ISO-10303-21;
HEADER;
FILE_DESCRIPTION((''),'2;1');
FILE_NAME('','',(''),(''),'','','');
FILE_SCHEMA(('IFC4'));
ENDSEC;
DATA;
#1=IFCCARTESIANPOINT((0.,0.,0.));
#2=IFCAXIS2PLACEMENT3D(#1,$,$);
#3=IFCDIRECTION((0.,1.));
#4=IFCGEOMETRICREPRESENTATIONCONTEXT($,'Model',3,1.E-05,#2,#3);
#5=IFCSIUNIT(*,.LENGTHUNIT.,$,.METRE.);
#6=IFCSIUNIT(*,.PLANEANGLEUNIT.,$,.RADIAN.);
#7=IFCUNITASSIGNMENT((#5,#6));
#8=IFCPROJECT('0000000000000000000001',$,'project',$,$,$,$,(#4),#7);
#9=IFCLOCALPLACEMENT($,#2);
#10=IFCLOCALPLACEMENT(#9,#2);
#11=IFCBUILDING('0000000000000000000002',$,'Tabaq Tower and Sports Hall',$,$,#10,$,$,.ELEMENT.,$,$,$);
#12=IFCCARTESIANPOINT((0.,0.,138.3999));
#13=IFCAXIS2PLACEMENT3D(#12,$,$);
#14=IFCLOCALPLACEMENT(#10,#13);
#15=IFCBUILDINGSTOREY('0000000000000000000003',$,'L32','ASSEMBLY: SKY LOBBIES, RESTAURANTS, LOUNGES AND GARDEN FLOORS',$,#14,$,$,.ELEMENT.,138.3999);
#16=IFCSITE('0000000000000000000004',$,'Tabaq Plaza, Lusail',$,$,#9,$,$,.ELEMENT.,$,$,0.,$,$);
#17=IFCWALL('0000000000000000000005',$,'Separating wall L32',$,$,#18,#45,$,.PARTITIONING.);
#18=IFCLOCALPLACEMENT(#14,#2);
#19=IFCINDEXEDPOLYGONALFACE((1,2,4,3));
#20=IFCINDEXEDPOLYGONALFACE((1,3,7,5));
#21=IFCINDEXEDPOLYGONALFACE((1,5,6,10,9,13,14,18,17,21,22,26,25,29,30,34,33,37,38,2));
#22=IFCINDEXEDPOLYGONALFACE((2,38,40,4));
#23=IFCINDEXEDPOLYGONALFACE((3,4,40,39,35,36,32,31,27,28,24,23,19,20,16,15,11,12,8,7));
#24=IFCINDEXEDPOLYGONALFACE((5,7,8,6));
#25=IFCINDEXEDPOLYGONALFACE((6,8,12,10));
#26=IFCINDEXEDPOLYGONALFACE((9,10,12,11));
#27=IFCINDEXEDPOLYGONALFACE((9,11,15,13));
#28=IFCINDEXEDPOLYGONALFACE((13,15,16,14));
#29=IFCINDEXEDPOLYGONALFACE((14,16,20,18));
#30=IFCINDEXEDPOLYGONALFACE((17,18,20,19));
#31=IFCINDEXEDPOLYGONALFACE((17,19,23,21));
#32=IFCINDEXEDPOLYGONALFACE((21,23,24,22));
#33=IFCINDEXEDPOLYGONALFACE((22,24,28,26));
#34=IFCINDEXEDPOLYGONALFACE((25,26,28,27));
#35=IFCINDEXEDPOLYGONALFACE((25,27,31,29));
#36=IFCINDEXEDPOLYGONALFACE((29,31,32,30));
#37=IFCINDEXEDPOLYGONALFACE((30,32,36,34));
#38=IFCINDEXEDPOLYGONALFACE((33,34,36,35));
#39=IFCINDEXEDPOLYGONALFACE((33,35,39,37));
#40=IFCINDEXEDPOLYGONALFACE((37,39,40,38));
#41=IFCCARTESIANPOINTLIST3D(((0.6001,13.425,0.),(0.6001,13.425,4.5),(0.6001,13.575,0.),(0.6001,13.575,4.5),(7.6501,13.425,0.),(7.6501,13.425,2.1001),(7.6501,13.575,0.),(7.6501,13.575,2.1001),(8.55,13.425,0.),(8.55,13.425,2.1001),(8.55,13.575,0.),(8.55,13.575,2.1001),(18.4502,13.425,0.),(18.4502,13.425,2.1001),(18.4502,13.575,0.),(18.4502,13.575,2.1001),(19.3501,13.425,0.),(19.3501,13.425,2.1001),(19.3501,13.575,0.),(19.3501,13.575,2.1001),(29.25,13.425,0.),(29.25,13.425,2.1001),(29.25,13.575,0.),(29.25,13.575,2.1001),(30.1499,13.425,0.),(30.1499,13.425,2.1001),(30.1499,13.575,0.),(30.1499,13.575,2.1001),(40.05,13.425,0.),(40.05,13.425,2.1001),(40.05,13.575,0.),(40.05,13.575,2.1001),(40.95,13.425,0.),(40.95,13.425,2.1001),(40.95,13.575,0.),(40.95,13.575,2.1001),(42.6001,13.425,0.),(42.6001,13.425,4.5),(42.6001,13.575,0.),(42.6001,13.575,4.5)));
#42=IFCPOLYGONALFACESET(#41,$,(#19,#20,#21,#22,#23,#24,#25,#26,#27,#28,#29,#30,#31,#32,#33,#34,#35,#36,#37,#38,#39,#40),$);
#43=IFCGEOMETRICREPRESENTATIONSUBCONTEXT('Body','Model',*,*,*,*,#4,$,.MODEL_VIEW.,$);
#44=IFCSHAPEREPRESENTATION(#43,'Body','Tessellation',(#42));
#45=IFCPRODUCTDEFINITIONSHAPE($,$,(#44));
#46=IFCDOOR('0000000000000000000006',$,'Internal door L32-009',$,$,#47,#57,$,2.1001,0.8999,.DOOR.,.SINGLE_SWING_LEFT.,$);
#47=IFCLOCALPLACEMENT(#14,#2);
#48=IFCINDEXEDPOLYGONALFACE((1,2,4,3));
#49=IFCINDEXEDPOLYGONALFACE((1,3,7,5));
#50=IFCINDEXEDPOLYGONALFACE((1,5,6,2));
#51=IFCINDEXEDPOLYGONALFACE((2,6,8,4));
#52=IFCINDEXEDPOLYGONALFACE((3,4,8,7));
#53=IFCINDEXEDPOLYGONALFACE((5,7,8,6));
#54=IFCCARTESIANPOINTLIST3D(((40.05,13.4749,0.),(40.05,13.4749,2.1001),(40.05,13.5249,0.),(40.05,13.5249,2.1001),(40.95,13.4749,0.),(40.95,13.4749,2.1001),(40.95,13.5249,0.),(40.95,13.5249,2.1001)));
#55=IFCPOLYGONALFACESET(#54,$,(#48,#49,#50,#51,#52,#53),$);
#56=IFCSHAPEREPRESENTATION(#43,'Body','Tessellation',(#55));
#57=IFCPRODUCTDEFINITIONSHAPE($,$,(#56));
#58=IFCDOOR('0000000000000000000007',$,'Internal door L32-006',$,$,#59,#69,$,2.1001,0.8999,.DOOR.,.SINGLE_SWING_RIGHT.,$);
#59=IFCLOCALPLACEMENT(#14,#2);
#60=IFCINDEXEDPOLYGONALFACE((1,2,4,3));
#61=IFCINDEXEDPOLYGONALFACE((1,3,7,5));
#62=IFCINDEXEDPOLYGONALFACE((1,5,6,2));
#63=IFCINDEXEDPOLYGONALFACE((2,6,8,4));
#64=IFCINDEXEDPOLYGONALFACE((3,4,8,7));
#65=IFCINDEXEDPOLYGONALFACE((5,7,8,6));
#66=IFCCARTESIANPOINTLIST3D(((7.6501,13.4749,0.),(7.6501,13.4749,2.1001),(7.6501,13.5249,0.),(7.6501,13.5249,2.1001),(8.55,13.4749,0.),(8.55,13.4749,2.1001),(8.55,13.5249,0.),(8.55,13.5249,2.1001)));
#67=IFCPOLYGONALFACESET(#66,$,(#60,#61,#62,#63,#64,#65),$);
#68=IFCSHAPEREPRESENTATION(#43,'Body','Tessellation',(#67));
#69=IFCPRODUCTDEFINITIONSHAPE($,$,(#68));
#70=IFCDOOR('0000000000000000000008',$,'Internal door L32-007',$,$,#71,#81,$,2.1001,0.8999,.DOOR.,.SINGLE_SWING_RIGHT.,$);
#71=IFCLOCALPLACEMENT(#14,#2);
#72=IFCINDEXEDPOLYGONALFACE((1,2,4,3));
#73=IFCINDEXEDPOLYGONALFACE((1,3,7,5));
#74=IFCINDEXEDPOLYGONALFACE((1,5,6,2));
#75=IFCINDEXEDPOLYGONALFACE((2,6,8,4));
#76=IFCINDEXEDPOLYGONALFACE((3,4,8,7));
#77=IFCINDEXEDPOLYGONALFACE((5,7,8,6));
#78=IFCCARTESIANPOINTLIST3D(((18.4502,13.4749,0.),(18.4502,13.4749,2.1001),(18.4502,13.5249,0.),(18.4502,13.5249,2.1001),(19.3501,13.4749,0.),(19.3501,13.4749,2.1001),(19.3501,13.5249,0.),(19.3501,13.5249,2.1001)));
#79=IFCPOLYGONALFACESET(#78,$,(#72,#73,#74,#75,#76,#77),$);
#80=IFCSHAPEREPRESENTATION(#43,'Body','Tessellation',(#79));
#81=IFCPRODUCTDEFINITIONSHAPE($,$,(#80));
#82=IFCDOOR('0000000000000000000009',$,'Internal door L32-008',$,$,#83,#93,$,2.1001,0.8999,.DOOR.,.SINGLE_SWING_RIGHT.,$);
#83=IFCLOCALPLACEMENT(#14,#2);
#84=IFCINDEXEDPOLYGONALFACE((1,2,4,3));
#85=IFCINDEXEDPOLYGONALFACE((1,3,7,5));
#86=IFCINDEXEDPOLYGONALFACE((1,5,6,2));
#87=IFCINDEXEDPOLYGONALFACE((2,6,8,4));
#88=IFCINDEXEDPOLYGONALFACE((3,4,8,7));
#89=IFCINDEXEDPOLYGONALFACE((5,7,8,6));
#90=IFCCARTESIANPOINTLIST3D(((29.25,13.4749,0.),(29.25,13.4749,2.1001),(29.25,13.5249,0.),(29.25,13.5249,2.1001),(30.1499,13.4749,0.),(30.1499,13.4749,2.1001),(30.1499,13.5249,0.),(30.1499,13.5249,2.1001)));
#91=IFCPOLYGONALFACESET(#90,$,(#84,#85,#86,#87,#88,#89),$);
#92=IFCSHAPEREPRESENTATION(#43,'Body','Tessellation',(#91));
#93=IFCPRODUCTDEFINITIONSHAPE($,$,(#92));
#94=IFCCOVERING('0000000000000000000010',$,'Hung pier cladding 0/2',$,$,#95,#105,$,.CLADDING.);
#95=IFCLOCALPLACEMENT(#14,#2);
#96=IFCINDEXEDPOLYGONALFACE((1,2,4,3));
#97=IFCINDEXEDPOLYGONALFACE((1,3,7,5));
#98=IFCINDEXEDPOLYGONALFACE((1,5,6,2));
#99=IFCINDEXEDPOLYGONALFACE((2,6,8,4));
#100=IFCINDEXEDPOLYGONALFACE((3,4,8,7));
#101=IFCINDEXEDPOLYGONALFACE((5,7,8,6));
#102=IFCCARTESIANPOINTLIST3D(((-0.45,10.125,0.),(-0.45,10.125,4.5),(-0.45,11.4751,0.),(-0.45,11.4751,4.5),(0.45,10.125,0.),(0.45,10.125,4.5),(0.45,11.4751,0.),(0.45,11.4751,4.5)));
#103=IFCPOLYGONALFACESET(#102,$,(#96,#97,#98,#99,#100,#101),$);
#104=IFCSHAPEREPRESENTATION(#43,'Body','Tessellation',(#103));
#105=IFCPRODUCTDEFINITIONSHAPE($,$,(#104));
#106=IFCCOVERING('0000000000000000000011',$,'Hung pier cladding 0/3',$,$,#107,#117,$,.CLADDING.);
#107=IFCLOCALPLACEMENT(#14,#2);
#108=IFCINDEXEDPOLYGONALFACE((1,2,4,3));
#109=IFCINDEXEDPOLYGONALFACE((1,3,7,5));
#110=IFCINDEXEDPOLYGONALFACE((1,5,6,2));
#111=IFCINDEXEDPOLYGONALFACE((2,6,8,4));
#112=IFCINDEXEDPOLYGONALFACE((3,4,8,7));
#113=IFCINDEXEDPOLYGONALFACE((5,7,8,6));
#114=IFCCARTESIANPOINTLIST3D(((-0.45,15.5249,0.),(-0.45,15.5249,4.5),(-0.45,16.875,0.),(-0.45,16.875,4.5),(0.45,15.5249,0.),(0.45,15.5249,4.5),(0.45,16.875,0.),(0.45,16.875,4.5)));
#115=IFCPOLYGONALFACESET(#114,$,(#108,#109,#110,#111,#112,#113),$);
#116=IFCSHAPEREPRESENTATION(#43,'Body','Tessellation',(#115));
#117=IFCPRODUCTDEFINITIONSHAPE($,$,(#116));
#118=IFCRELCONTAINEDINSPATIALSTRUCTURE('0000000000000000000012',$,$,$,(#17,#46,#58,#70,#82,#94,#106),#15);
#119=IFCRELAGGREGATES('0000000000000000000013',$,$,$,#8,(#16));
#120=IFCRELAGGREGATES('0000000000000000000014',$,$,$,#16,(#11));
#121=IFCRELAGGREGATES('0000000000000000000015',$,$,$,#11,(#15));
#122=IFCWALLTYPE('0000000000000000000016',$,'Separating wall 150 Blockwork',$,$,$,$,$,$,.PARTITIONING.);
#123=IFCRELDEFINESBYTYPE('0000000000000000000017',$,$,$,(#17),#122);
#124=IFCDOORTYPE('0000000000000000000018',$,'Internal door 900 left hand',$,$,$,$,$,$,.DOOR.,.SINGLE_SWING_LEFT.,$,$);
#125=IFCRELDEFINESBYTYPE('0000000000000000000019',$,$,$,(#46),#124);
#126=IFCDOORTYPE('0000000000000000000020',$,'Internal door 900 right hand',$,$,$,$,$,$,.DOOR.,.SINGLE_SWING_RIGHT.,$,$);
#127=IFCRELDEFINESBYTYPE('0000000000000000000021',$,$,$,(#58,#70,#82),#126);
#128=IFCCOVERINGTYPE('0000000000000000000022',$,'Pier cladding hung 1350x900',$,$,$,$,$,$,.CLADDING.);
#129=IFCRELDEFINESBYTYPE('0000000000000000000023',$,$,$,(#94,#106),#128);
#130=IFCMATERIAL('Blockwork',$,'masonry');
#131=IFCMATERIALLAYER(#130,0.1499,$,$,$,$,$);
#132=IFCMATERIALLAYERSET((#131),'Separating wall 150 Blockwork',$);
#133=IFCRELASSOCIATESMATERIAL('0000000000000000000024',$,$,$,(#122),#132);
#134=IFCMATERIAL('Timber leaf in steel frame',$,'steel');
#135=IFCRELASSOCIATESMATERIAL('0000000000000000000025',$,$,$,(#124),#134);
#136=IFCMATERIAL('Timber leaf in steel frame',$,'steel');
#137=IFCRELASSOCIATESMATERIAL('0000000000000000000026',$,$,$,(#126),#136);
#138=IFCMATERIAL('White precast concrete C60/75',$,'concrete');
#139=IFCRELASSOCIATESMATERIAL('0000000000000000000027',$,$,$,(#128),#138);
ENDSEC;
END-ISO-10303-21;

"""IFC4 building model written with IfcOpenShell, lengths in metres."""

from ifc_helpers import new_model, si_unit, direction, frame, frame_2d, origin, place, context, subcontext, project, spatial, rectangle, extrude, material, layer, layer_set, type_object, element, fill, save


model = new_model("IFC4")

# Units and contexts
model_context = context("Model", 3, precision=1e-05, world=origin(), true_north=direction((0.0, 1.0)))
body_context = subcontext(model_context, "Body", "Model", "MODEL_VIEW")
ifc_project = project(units=[si_unit("LENGTHUNIT", "METRE"), si_unit("PLANEANGLEUNIT", "RADIAN")], contexts=[model_context])

# Site, building, storey
site_placement = place(None, origin())
site = spatial("IfcSite", under=ifc_project, at=site_placement, Name="Tabaq Plaza, Lusail", CompositionType="ELEMENT", RefElevation=0.0)
building_placement = place(site_placement, origin())
building = spatial("IfcBuilding", under=site, at=building_placement, Name="Tabaq Tower and Sports Hall", CompositionType="ELEMENT")
storey_placement = place(building_placement, frame((0.0, 0.0, 138.3999)))
storey = spatial("IfcBuildingStorey", under=building, at=storey_placement, Name="L32", Description="ASSEMBLY: SKY LOBBIES, RESTAURANTS, LOUNGES AND GARDEN FLOORS", CompositionType="ELEMENT", Elevation=138.3999)

# Wall, openings, doors
ifc_material_1 = material(Name="Blockwork", Category="masonry")
ifc_layer_1 = layer(ifc_material_1, 0.1499)
ifc_layer_set_1 = layer_set([ifc_layer_1], Name="Separating wall 150 Blockwork")
wall_type = type_object("IfcWallType", Name="Separating wall 150 Blockwork", PredefinedType="PARTITIONING", material=ifc_layer_set_1)
wall_placement = place(storey_placement, frame((0.6001, 13.5, 0.0), z_axis=(0.0, 0.0, 1.0), x_axis=(1.0, 0.0, 0.0)))
wall = element("IfcWall", 1, at=wall_placement, inside=storey, type_object=wall_type, Name="Separating wall L32", PredefinedType="PARTITIONING", context=body_context, shape_type="SweptSolid", body=[
    extrude(rectangle(XDim=42.0, YDim=0.1499, at=frame_2d((21.0, 0.0))), origin(), (0.0, 0.0, 1.0), 4.5),
])
opening_1_placement = place(wall_placement, frame((7.05, 0.0, 0.0)))
opening_1 = element("IfcOpeningElement", 2, at=opening_1_placement, cuts=wall, PredefinedType="OPENING", context=body_context, shape_type="SweptSolid", body=[
    extrude(rectangle(XDim=0.8999, YDim=2.1001, at=frame_2d((0.45, 1.05))), frame((0.0, 0.075, 0.0), z_axis=(0.0, -1.0, 0.0), x_axis=(1.0, 0.0, 0.0)), (0.0, 0.0, 1.0), 0.1499),
])
opening_2_placement = place(wall_placement, frame((17.8501, 0.0, 0.0)))
opening_2 = element("IfcOpeningElement", 3, at=opening_2_placement, cuts=wall, PredefinedType="OPENING", context=body_context, shape_type="SweptSolid", body=[
    extrude(rectangle(XDim=0.8999, YDim=2.1001, at=frame_2d((0.45, 1.05))), frame((0.0, 0.075, 0.0), z_axis=(0.0, -1.0, 0.0), x_axis=(1.0, 0.0, 0.0)), (0.0, 0.0, 1.0), 0.1499),
])
opening_3_placement = place(wall_placement, frame((28.6499, 0.0, 0.0)))
opening_3 = element("IfcOpeningElement", 4, at=opening_3_placement, cuts=wall, PredefinedType="OPENING", context=body_context, shape_type="SweptSolid", body=[
    extrude(rectangle(XDim=0.8999, YDim=2.1001, at=frame_2d((0.45, 1.05))), frame((0.0, 0.075, 0.0), z_axis=(0.0, -1.0, 0.0), x_axis=(1.0, 0.0, 0.0)), (0.0, 0.0, 1.0), 0.1499),
])
opening_4_placement = place(wall_placement, frame((39.45, 0.0, 0.0)))
opening_4 = element("IfcOpeningElement", 5, at=opening_4_placement, cuts=wall, PredefinedType="OPENING", context=body_context, shape_type="SweptSolid", body=[
    extrude(rectangle(XDim=0.8999, YDim=2.1001, at=frame_2d((0.45, 1.05))), frame((0.0, 0.075, 0.0), z_axis=(0.0, -1.0, 0.0), x_axis=(1.0, 0.0, 0.0)), (0.0, 0.0, 1.0), 0.1499),
])
ifc_material_2 = material(Name="Timber leaf in steel frame", Category="steel")
door_type_1 = type_object("IfcDoorType", Name="Internal door 900 left hand", OperationType="SINGLE_SWING_LEFT", PredefinedType="DOOR", material=ifc_material_2)
door_1_placement = place(opening_4_placement, origin())
door_1 = element("IfcDoor", 6, at=door_1_placement, inside=storey, type_object=door_type_1, Name="Internal door L32-009", OperationType="SINGLE_SWING_LEFT", OverallHeight=2.1001, OverallWidth=0.8999, PredefinedType="DOOR", context=body_context, shape_type="SweptSolid", body=[
    extrude(rectangle(XDim=0.8999, YDim=2.1001, at=frame_2d((0.45, 1.05))), frame((0.0, 0.0249, 0.0), z_axis=(0.0, -1.0, 0.0), x_axis=(1.0, 0.0, 0.0)), (0.0, 0.0, 1.0), 0.05),
])
fill(opening_4, door_1)
ifc_material_3 = material(Name="Timber leaf in steel frame", Category="steel")
door_type_2 = type_object("IfcDoorType", Name="Internal door 900 right hand", OperationType="SINGLE_SWING_RIGHT", PredefinedType="DOOR", material=ifc_material_3)
door_2_placement = place(opening_1_placement, origin())
door_2 = element("IfcDoor", 7, at=door_2_placement, inside=storey, type_object=door_type_2, Name="Internal door L32-006", OperationType="SINGLE_SWING_RIGHT", OverallHeight=2.1001, OverallWidth=0.8999, PredefinedType="DOOR", context=body_context, shape_type="SweptSolid", body=[
    extrude(rectangle(XDim=0.8999, YDim=2.1001, at=frame_2d((0.45, 1.05))), frame((0.0, 0.0249, 0.0), z_axis=(0.0, -1.0, 0.0), x_axis=(1.0, 0.0, 0.0)), (0.0, 0.0, 1.0), 0.05),
])
fill(opening_1, door_2)
door_3_placement = place(opening_2_placement, origin())
door_3 = element("IfcDoor", 8, at=door_3_placement, inside=storey, type_object=door_type_2, Name="Internal door L32-007", OperationType="SINGLE_SWING_RIGHT", OverallHeight=2.1001, OverallWidth=0.8999, PredefinedType="DOOR", context=body_context, shape_type="SweptSolid", body=[
    extrude(rectangle(XDim=0.8999, YDim=2.1001, at=frame_2d((0.45, 1.05))), frame((0.0, 0.0249, 0.0), z_axis=(0.0, -1.0, 0.0), x_axis=(1.0, 0.0, 0.0)), (0.0, 0.0, 1.0), 0.05),
])
fill(opening_2, door_3)
door_4_placement = place(opening_3_placement, origin())
door_4 = element("IfcDoor", 9, at=door_4_placement, inside=storey, type_object=door_type_2, Name="Internal door L32-008", OperationType="SINGLE_SWING_RIGHT", OverallHeight=2.1001, OverallWidth=0.8999, PredefinedType="DOOR", context=body_context, shape_type="SweptSolid", body=[
    extrude(rectangle(XDim=0.8999, YDim=2.1001, at=frame_2d((0.45, 1.05))), frame((0.0, 0.0249, 0.0), z_axis=(0.0, -1.0, 0.0), x_axis=(1.0, 0.0, 0.0)), (0.0, 0.0, 1.0), 0.05),
])
fill(opening_3, door_4)

# Coverings
ifc_material_4 = material(Name="White precast concrete C60/75", Category="concrete")
covering_type = type_object("IfcCoveringType", Name="Pier cladding hung 1350x900", PredefinedType="CLADDING", material=ifc_material_4)
for number, where, z_axis, x_axis, name in (
    (10, (0.0, 11.4751, 0.0), (0.0, 0.0, 1.0), (0.0, -1.0, 0.0), "Hung pier cladding 0/2"),
    (11, (0.0, 16.875, 0.0), (0.0, 0.0, 1.0), (0.0, -1.0, 0.0), "Hung pier cladding 0/3"),
):
    element("IfcCovering", number, at=place(storey_placement, frame(where, z_axis=z_axis, x_axis=x_axis)), inside=storey, type_object=covering_type, Name=name, PredefinedType="CLADDING", context=body_context, shape_type="SweptSolid", body=[
        extrude(rectangle(XDim=1.3501, YDim=0.8999, at=frame_2d((0.675, 0.0))), origin(), (0.0, 0.0, 1.0), 4.5),
    ])

save(model, "model.ifc")
